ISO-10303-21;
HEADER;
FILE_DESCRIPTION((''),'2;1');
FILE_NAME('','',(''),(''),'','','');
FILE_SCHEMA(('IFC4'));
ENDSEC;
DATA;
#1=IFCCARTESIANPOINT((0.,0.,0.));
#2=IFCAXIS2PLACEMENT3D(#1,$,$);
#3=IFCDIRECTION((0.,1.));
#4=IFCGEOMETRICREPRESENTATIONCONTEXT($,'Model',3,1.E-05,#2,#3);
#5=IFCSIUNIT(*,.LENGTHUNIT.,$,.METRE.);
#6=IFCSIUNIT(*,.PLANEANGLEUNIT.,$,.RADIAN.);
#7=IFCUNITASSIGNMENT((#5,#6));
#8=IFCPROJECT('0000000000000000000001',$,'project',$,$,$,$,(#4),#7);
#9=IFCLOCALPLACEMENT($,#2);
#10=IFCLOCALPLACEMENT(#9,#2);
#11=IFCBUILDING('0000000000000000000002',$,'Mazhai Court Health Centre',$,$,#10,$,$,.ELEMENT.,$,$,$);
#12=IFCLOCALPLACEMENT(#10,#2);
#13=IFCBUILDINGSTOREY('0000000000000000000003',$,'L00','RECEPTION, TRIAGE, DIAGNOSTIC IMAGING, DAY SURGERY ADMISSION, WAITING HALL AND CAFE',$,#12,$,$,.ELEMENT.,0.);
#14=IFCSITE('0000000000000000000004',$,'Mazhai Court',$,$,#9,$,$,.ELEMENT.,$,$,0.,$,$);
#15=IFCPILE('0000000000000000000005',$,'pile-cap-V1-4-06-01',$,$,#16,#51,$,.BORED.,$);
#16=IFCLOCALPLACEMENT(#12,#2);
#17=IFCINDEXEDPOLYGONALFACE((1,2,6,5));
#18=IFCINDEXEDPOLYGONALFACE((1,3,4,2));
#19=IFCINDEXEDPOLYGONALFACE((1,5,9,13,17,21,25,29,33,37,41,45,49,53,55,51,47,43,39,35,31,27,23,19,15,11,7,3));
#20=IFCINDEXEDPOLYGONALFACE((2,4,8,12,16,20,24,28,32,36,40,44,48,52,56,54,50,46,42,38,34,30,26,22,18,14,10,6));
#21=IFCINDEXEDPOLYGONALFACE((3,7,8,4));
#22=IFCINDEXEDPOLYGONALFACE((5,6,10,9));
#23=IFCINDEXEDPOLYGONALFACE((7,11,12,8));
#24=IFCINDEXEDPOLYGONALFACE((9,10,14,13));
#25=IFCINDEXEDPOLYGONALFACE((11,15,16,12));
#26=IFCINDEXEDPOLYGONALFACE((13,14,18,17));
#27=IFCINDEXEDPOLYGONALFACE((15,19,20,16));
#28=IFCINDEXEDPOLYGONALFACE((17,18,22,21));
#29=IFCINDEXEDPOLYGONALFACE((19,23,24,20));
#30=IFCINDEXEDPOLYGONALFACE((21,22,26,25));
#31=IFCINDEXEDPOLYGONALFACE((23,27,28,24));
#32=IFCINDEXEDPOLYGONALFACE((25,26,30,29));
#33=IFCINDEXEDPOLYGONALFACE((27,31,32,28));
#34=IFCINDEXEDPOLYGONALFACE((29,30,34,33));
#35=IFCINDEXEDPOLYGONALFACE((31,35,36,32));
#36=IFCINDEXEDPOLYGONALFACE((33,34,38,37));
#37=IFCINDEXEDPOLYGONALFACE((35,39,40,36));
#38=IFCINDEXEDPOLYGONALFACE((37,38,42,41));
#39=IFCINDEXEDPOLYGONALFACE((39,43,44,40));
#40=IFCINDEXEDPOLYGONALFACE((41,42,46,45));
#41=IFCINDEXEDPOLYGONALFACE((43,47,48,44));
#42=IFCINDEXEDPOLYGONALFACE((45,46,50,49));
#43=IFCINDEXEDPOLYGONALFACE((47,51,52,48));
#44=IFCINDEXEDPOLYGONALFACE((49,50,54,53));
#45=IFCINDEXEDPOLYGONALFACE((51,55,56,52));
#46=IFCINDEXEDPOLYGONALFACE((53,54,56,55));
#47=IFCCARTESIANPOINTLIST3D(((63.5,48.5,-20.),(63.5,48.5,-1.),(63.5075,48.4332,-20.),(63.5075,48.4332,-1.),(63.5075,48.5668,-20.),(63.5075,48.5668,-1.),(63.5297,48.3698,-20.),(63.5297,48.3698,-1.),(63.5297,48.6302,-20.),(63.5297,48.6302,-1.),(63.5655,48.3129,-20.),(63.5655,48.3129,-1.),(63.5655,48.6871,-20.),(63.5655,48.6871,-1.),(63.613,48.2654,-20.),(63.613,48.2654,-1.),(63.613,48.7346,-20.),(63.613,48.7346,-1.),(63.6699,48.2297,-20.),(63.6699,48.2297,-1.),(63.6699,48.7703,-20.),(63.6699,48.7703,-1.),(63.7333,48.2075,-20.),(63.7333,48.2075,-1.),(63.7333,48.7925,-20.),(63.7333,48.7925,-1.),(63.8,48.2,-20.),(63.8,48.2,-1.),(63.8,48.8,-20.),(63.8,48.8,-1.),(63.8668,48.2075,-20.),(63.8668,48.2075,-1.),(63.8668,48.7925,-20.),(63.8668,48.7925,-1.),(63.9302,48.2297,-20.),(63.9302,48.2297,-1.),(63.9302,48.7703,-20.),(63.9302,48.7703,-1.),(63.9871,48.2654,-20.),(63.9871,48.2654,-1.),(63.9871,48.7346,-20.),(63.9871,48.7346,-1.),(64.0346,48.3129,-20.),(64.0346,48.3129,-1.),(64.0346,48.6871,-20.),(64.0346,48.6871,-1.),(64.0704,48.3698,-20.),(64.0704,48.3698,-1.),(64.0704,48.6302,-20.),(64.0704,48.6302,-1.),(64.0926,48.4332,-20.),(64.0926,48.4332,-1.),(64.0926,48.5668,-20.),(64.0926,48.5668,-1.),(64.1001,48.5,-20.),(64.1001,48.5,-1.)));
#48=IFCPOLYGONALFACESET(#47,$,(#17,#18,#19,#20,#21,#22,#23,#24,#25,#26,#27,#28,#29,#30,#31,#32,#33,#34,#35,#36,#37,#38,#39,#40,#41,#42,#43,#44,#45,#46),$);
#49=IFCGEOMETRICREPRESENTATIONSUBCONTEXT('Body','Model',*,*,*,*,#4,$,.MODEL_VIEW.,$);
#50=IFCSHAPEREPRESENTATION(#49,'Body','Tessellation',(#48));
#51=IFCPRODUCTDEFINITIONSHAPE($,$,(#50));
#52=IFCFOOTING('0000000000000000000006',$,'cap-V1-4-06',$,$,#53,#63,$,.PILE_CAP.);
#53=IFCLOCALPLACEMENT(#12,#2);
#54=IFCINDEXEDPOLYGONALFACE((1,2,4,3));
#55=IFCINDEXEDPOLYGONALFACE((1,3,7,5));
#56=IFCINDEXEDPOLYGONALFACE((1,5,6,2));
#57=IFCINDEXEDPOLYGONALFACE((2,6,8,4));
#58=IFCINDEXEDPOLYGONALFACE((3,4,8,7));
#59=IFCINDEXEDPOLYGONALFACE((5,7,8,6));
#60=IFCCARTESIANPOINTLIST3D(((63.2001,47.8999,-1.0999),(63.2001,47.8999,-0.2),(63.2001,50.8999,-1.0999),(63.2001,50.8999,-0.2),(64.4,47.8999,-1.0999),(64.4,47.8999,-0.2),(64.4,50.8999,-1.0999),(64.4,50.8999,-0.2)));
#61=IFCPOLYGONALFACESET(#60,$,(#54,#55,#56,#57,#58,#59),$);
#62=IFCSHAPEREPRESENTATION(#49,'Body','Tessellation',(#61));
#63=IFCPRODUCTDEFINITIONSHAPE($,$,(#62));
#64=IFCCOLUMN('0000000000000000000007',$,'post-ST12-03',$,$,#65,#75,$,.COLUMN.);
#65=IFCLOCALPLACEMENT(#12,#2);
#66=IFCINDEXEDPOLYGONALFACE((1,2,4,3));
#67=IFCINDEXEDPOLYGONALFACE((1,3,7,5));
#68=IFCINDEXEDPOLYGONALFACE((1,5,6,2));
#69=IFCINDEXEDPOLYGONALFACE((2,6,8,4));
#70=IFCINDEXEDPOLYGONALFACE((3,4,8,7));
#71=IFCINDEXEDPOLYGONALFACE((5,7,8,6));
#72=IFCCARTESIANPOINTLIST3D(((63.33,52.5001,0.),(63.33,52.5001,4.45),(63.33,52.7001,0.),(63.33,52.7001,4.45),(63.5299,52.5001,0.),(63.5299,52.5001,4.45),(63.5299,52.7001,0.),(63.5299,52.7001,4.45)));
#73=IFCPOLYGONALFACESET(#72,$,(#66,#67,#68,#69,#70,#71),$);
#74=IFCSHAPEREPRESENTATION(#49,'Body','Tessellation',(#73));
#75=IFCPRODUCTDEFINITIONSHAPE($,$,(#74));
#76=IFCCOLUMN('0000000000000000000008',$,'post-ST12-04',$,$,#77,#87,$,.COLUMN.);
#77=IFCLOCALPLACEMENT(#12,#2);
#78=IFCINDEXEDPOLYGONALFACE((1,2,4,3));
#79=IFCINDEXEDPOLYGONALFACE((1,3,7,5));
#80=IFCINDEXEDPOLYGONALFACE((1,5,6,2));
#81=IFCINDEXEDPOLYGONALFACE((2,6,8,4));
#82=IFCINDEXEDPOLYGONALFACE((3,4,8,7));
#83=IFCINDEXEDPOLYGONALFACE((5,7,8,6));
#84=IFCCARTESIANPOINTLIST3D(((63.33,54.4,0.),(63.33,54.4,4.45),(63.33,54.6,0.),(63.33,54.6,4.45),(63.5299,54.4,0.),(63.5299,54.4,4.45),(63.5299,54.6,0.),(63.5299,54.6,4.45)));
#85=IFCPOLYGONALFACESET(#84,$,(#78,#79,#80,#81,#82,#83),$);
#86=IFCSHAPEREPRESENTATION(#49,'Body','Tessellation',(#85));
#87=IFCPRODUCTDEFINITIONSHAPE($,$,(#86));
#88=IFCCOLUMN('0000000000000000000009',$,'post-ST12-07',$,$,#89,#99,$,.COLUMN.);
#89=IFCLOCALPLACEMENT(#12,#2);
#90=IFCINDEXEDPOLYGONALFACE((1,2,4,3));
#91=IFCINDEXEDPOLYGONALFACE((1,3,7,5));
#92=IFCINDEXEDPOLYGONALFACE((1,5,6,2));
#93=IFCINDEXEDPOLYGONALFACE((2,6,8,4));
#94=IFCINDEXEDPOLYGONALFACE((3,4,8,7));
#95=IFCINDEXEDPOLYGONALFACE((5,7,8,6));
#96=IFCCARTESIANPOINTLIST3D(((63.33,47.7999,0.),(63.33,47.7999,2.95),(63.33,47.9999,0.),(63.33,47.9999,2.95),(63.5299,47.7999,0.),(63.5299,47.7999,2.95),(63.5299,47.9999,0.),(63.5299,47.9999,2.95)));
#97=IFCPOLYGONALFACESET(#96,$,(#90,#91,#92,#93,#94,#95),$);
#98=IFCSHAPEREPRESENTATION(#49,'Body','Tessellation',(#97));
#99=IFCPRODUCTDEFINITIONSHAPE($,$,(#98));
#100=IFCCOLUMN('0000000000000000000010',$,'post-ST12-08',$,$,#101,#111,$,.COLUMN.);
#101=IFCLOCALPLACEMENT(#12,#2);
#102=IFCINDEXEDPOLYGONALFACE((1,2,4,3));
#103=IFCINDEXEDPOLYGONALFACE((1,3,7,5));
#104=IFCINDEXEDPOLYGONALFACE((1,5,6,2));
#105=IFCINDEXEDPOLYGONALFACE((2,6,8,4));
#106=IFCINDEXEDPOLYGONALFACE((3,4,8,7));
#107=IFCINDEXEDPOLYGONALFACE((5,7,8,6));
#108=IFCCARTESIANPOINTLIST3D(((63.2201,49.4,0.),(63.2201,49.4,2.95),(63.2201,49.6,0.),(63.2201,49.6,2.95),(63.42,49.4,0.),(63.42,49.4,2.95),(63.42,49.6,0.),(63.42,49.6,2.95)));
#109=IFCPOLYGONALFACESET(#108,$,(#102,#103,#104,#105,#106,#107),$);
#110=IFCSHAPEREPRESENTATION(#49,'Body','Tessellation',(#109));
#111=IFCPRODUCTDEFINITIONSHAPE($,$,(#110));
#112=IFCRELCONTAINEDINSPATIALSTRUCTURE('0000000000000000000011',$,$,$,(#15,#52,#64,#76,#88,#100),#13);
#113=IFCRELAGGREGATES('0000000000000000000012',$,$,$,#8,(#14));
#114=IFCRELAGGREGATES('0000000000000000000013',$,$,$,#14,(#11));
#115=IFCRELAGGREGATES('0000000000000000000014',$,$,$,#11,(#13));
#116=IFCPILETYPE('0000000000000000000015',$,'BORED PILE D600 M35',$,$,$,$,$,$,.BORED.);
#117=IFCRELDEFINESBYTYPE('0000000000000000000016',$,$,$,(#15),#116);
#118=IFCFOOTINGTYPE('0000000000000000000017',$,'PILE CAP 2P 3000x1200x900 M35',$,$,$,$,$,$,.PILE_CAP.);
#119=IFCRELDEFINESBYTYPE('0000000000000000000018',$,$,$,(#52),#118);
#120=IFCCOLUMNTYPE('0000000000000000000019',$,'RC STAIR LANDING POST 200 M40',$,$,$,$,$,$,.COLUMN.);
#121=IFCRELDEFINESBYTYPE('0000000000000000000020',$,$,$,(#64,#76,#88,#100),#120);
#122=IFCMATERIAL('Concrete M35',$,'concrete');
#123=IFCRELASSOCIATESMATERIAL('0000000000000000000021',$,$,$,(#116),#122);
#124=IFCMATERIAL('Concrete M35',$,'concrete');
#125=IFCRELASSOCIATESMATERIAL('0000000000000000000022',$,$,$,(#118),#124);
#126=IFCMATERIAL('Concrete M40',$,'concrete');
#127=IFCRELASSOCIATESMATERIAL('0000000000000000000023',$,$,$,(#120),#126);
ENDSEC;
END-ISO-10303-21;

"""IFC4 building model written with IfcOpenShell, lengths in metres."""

from ifc_helpers import new_model, si_unit, direction, frame, origin, origin_2d, place, context, subcontext, project, spatial, rectangle, circle, extrude, material, material_profile, profile_set, type_object, element, save


model = new_model("IFC4")

# Units and contexts
model_context = context("Model", 3, precision=1e-05, world=origin(), true_north=direction((0.0, 1.0)))
body_context = subcontext(model_context, "Body", "Model", "MODEL_VIEW")
ifc_project = project(units=[si_unit("LENGTHUNIT", "METRE"), si_unit("PLANEANGLEUNIT", "RADIAN")], contexts=[model_context])

# Site, building, storey
site_placement = place(None, origin())
site = spatial("IfcSite", under=ifc_project, at=site_placement, Name="Mazhai Court", CompositionType="ELEMENT", RefElevation=0.0)
building_placement = place(site_placement, origin())
building = spatial("IfcBuilding", under=site, at=building_placement, Name="Mazhai Court Health Centre", CompositionType="ELEMENT")
storey_placement = place(building_placement, origin())
storey = spatial("IfcBuildingStorey", under=building, at=storey_placement, Name="L00", Description="RECEPTION, TRIAGE, DIAGNOSTIC IMAGING, DAY SURGERY ADMISSION, WAITING HALL AND CAFE", CompositionType="ELEMENT", Elevation=0.0)

# Pile
ifc_material_1 = material(Name="Concrete M35", Category="concrete")
ifc_material_profile_1 = material_profile(ifc_material_1, circle(Radius=0.3, at=origin_2d()), Name="RC PILE D600")
ifc_profile_set_1 = profile_set([ifc_material_profile_1], Name="Concrete M35")
pile_type = type_object("IfcPileType", Name="BORED PILE D600 M35", PredefinedType="BORED", material=ifc_profile_set_1)
pile_placement = place(storey_placement, frame((63.8, 48.5, -1.0), z_axis=(0.0, 0.0, -1.0), x_axis=(1.0, 0.0, 0.0)))
element("IfcPile", 1, at=pile_placement, inside=storey, type_object=pile_type, Name="pile-cap-V1-4-06-01", PredefinedType="BORED", context=body_context, shape_type="SweptSolid", body=[
    extrude(circle(Radius=0.3, at=origin_2d()), origin(), (0.0, 0.0, 1.0), 19.0),
])

# Footing
ifc_material_2 = material(Name="Concrete M35", Category="concrete")
footing_type = type_object("IfcFootingType", Name="PILE CAP 2P 3000x1200x900 M35", PredefinedType="PILE_CAP", material=ifc_material_2)
footing_placement = place(storey_placement, frame((63.8, 49.3999, -1.0999), z_axis=(0.0, 0.0, 1.0), x_axis=(1.0, 0.0, 0.0)))
element("IfcFooting", 2, at=footing_placement, inside=storey, type_object=footing_type, Name="cap-V1-4-06", PredefinedType="PILE_CAP", context=body_context, shape_type="SweptSolid", body=[
    extrude(rectangle(XDim=1.2, YDim=3.0, at=origin_2d()), origin(), (0.0, 0.0, 1.0), 0.8999),
])

# Columns
ifc_material_3 = material(Name="Concrete M40", Category="concrete")
ifc_material_profile_2 = material_profile(ifc_material_3, rectangle(XDim=0.2, YDim=0.2, at=origin_2d()), Name="RC 200x200")
ifc_profile_set_2 = profile_set([ifc_material_profile_2], Name="Concrete M40")
column_type = type_object("IfcColumnType", Name="RC STAIR LANDING POST 200 M40", PredefinedType="COLUMN", material=ifc_profile_set_2)
for number, where, z_axis, x_axis, name in (
    (3, (63.4299, 52.6001, 0.0), (0.0, 0.0, 1.0), (1.0, 0.0, 0.0), "post-ST12-03"),
    (4, (63.4299, 54.5, 0.0), (0.0, 0.0, 1.0), (1.0, 0.0, 0.0), "post-ST12-04"),
):
    element("IfcColumn", number, at=place(storey_placement, frame(where, z_axis=z_axis, x_axis=x_axis)), inside=storey, type_object=column_type, Name=name, PredefinedType="COLUMN", context=body_context, shape_type="SweptSolid", body=[
        extrude(rectangle(XDim=0.2, YDim=0.2, at=origin_2d()), origin(), (0.0, 0.0, 1.0), 4.45),
    ])
for number, where, z_axis, x_axis, name in (
    (5, (63.4299, 47.8999, 0.0), (0.0, 0.0, 1.0), (1.0, 0.0, 0.0), "post-ST12-07"),
    (6, (63.3201, 49.5, 0.0), (0.0, 0.0, 1.0), (1.0, 0.0, 0.0), "post-ST12-08"),
):
    element("IfcColumn", number, at=place(storey_placement, frame(where, z_axis=z_axis, x_axis=x_axis)), inside=storey, type_object=column_type, Name=name, PredefinedType="COLUMN", context=body_context, shape_type="SweptSolid", body=[
        extrude(rectangle(XDim=0.2, YDim=0.2, at=origin_2d()), origin(), (0.0, 0.0, 1.0), 2.95),
    ])

save(model, "model.ifc")
